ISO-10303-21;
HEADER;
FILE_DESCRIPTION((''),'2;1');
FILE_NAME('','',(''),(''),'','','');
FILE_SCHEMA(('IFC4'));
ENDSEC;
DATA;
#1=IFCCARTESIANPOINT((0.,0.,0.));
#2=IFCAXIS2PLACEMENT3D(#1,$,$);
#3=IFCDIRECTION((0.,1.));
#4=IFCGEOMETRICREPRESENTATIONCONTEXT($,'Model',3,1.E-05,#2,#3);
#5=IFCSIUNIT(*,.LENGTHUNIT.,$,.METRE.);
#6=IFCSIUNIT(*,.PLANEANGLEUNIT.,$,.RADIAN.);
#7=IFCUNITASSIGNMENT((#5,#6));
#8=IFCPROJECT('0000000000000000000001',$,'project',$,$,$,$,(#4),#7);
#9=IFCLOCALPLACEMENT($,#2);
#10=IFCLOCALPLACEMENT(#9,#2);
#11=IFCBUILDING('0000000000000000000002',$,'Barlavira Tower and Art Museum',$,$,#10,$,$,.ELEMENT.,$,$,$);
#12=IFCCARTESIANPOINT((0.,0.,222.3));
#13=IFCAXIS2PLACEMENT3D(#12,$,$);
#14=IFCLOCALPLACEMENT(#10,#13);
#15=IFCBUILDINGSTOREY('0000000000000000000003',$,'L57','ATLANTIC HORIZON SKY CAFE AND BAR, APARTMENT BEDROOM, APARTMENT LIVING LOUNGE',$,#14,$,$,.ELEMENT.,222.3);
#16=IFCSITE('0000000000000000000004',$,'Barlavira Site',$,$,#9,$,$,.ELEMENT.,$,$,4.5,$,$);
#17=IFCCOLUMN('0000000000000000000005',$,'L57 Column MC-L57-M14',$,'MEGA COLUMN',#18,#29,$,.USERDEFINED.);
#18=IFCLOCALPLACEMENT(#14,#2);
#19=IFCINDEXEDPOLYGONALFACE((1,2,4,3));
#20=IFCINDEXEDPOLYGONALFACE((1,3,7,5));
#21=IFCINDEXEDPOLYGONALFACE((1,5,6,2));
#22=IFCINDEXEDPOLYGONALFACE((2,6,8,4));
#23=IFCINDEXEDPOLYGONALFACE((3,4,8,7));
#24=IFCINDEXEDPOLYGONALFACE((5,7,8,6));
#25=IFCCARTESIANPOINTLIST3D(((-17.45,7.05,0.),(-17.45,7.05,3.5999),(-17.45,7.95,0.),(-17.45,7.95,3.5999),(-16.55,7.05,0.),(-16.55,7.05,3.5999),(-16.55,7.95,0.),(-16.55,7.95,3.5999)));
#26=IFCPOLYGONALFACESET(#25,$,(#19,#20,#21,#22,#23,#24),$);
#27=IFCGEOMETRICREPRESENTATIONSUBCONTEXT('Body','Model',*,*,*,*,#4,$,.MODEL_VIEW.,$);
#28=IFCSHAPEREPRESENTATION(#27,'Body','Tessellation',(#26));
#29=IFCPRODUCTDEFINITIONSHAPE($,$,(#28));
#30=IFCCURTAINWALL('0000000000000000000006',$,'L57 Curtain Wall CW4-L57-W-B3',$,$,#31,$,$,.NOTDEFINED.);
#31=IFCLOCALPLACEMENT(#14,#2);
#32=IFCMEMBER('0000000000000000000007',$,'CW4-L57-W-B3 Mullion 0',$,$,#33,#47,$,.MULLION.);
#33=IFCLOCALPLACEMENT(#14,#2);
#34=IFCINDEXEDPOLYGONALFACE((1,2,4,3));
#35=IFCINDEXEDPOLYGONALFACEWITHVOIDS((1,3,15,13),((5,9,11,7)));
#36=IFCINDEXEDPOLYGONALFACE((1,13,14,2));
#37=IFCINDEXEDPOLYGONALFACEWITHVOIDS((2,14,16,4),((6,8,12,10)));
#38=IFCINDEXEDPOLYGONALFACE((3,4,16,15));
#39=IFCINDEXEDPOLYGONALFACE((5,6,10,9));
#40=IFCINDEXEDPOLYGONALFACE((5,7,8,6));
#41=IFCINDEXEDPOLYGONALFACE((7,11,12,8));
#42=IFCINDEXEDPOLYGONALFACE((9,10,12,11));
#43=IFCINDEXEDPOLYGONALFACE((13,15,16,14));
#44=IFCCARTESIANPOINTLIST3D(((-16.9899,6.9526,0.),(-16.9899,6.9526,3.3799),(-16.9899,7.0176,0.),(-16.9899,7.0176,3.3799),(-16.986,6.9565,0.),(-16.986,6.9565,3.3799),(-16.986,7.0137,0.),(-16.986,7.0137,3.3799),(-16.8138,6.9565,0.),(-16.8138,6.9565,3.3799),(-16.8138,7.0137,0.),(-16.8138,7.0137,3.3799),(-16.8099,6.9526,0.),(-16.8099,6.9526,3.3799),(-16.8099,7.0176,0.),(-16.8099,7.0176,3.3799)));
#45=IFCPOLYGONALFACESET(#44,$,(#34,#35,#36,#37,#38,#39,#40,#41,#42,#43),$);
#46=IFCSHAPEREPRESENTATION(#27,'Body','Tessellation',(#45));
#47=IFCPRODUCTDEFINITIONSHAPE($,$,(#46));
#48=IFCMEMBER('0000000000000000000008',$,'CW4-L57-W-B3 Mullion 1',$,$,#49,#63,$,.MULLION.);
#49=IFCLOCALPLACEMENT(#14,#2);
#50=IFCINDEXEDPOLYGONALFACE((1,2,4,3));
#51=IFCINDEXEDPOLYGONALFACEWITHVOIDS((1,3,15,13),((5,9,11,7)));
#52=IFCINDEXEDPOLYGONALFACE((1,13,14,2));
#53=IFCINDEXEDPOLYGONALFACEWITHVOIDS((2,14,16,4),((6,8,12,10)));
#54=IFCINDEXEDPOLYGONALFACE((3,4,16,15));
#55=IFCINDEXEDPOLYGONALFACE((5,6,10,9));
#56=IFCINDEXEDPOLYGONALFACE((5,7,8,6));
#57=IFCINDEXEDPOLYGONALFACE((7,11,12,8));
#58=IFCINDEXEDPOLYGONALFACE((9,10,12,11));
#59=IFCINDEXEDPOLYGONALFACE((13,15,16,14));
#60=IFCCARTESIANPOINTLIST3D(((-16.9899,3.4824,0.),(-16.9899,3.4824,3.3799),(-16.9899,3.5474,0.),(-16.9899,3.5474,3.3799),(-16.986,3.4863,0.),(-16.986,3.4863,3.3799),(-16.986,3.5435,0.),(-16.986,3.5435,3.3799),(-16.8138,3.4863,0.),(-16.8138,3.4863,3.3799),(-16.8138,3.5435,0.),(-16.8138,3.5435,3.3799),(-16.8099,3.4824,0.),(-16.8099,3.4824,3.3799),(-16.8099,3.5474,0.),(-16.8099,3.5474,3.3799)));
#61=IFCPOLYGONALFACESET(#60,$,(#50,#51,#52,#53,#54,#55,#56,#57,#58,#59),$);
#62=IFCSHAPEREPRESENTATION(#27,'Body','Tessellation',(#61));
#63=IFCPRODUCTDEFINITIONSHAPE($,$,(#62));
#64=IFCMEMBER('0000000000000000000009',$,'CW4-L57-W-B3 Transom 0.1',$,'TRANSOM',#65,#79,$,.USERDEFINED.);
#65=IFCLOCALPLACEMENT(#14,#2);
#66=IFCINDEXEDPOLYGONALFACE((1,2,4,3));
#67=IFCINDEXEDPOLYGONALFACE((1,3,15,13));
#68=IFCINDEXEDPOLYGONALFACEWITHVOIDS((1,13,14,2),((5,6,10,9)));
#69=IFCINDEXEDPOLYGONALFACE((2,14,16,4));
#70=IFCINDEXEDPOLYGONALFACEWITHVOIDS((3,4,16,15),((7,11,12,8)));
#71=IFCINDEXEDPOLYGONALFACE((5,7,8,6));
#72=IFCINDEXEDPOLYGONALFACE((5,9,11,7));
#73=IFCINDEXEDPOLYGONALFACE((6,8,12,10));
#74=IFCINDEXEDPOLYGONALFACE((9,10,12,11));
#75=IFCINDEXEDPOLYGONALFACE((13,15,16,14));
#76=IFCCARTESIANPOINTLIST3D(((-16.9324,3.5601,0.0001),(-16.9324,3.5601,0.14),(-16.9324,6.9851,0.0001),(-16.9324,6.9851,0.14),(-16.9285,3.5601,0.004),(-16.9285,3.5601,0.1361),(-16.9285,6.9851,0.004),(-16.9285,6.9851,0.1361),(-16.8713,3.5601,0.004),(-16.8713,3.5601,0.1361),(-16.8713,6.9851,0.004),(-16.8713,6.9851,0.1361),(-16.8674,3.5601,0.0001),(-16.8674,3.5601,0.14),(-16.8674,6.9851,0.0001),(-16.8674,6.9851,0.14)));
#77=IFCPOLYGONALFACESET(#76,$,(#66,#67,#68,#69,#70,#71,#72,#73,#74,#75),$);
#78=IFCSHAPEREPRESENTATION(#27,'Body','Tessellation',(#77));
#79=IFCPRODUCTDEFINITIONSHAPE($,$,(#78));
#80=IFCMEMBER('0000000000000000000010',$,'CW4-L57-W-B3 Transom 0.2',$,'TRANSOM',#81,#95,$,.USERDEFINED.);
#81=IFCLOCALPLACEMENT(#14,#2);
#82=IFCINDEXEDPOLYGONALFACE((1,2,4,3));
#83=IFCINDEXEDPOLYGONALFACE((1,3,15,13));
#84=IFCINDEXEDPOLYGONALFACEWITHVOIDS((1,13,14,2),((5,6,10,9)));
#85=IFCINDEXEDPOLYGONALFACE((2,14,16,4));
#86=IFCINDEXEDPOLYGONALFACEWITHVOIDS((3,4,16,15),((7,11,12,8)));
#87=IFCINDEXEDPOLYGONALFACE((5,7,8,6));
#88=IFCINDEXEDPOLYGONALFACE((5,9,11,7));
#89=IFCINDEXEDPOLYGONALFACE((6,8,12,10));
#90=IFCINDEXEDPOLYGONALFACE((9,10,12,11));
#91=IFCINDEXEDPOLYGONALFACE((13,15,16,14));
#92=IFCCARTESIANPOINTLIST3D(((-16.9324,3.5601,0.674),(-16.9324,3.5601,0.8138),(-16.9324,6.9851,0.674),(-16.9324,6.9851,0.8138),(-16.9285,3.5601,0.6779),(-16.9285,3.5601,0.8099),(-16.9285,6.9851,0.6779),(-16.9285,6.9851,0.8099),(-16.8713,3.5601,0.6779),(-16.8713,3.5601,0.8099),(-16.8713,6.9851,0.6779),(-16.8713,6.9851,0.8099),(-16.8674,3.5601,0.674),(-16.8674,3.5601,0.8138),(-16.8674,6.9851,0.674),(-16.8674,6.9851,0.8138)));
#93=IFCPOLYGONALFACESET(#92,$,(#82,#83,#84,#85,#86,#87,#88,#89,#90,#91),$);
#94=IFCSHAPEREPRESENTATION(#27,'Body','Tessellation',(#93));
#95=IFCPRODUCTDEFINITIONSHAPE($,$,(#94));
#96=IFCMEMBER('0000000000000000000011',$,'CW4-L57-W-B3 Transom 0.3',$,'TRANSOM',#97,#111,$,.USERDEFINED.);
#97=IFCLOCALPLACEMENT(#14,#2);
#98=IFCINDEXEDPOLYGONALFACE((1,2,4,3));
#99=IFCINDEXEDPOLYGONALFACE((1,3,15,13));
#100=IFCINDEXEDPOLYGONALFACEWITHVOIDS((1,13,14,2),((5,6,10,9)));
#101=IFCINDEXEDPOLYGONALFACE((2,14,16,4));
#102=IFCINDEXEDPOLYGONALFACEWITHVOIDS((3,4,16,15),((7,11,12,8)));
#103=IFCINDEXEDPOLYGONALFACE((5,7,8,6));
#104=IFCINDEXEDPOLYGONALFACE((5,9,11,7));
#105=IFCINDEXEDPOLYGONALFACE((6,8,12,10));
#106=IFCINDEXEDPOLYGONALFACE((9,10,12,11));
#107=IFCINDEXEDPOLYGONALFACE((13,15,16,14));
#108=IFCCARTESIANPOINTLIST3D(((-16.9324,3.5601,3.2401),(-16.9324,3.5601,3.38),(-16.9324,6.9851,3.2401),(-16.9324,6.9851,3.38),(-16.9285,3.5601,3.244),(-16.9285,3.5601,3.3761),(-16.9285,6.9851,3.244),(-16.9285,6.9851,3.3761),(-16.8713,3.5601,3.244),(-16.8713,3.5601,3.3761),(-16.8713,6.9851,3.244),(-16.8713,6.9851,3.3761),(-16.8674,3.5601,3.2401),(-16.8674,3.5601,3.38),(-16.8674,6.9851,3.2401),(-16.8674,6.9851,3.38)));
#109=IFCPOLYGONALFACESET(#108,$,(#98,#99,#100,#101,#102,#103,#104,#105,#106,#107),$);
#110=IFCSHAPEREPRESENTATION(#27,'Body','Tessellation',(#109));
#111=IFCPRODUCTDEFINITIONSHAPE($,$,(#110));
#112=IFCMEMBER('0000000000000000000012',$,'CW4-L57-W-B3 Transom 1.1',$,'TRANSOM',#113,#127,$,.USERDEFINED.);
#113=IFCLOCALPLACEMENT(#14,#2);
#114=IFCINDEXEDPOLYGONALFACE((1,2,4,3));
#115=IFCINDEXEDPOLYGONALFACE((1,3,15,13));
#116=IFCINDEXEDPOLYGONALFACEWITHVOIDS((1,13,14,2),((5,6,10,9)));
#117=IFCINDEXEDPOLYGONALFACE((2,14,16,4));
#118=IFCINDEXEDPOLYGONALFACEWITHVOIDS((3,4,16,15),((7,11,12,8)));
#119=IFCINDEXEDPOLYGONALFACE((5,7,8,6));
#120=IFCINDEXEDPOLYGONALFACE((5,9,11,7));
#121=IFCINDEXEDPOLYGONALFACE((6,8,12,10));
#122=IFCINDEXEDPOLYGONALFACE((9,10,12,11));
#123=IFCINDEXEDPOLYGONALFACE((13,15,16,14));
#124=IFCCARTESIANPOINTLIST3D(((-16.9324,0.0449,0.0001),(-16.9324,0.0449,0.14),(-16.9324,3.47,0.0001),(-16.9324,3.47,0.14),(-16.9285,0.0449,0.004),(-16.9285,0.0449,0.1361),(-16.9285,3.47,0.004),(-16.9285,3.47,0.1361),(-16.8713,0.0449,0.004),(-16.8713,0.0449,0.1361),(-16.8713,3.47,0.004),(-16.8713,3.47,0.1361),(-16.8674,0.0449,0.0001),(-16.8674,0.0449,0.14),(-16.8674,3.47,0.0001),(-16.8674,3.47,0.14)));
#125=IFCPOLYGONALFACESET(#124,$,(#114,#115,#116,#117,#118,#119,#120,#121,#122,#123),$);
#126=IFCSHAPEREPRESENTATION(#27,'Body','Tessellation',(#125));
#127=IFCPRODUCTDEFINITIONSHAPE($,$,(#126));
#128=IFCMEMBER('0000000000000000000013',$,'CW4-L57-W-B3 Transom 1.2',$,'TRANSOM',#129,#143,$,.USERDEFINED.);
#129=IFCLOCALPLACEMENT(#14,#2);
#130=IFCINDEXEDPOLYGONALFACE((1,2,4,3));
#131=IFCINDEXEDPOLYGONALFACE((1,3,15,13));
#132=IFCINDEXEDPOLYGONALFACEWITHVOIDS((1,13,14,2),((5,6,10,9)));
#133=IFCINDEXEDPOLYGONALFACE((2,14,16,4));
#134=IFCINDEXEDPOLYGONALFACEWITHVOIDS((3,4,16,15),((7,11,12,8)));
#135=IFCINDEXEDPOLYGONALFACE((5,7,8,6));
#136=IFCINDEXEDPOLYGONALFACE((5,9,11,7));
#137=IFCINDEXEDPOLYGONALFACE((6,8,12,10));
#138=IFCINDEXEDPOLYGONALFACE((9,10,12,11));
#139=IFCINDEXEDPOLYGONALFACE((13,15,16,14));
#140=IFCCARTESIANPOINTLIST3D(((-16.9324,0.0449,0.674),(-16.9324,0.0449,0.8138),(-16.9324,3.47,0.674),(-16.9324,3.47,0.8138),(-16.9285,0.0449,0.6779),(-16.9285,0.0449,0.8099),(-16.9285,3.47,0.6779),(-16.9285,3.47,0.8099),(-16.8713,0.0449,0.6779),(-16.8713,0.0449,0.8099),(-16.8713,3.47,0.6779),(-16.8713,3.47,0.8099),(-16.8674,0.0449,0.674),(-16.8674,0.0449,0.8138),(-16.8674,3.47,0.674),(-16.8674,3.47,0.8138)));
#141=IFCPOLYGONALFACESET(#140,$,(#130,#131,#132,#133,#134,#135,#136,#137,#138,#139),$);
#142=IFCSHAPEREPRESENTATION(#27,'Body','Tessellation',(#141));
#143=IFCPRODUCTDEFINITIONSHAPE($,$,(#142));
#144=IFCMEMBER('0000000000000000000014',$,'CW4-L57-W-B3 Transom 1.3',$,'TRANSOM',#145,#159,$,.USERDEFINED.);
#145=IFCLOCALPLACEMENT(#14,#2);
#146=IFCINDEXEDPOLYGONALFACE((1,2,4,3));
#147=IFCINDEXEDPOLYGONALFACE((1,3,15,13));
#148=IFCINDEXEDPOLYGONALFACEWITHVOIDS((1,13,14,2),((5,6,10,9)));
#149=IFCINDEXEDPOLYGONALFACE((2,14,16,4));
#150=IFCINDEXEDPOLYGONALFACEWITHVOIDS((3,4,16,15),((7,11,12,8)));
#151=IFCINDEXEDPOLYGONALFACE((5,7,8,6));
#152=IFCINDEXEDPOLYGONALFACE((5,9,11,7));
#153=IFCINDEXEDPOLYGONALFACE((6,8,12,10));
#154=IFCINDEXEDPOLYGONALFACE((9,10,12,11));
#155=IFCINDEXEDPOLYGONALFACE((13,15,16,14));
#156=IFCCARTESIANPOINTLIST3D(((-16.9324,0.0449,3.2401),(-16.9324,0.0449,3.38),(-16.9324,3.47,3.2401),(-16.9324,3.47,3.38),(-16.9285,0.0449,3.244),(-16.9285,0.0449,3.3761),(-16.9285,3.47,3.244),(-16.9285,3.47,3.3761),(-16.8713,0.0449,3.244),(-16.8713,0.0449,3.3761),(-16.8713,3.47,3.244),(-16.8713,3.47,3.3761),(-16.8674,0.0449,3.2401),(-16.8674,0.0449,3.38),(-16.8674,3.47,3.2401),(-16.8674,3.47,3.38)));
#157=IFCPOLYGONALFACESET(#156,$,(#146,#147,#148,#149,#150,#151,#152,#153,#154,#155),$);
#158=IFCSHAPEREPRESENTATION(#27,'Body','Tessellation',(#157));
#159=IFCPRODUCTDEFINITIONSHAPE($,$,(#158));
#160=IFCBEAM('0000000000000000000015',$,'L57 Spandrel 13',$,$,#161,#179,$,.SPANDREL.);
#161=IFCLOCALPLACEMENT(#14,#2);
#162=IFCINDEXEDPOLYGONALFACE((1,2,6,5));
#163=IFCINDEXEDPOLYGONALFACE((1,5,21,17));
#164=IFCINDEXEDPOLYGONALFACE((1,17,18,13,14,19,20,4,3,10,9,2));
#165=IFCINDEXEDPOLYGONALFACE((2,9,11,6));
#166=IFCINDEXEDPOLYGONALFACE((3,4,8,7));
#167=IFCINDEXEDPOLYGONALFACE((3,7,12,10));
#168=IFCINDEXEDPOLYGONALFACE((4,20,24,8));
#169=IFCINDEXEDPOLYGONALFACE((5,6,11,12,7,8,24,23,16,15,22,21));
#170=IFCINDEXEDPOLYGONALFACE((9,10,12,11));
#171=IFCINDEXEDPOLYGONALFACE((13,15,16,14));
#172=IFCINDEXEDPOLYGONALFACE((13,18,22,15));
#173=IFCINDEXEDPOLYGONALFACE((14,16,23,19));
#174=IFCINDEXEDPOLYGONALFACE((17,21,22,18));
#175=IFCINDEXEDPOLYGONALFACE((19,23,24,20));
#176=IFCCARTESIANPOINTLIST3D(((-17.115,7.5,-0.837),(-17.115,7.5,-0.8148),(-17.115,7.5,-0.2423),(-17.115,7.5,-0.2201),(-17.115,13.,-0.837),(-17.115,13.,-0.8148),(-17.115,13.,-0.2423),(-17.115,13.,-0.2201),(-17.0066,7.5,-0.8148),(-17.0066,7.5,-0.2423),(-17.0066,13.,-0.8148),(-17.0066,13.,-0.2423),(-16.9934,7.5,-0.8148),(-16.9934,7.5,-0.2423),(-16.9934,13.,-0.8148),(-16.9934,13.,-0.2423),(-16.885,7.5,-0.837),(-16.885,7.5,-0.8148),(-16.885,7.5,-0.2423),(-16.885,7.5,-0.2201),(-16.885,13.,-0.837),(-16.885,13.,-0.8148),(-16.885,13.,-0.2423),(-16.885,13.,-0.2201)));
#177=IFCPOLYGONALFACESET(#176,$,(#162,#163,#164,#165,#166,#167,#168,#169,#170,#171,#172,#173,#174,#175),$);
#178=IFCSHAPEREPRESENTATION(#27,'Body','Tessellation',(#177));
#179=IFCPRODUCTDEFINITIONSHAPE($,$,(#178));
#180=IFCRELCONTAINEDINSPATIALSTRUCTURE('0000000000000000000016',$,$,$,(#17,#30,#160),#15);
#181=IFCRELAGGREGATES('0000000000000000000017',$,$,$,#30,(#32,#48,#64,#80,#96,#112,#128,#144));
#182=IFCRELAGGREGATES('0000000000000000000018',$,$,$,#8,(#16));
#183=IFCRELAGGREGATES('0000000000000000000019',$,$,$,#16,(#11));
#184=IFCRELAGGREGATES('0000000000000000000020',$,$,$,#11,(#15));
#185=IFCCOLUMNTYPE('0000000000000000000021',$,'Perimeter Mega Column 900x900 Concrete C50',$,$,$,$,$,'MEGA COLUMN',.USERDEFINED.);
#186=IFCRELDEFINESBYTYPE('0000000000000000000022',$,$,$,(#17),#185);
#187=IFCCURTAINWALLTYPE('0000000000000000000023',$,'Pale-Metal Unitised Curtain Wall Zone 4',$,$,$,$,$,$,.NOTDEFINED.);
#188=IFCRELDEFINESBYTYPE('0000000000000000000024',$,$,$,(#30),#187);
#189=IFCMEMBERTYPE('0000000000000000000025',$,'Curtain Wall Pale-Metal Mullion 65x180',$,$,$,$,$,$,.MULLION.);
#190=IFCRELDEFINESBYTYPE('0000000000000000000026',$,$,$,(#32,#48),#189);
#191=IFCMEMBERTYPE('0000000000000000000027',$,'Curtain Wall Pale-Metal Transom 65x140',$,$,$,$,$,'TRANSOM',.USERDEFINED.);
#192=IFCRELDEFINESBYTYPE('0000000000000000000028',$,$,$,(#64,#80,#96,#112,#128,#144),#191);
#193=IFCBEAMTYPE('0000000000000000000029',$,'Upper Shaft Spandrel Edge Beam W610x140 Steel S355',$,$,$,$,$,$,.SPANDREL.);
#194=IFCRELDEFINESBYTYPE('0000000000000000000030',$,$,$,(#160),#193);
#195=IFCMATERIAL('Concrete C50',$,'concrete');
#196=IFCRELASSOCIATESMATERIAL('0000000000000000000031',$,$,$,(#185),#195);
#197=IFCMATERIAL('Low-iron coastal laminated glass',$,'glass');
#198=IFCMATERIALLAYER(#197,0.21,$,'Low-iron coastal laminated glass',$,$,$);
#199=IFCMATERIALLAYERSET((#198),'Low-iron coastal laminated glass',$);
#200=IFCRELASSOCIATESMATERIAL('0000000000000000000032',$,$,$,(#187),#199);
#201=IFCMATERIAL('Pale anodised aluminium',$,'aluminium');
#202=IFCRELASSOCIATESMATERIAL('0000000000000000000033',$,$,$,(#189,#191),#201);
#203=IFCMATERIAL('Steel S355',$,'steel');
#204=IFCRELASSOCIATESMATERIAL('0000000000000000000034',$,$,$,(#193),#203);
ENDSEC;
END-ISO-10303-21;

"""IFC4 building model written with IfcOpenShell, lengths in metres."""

from ifc_helpers import new_model, si_unit, direction, frame, origin, origin_2d, place, context, subcontext, project, spatial, rectangle, hollow_rectangle, i_section, extrude, material, layer, layer_set, material_profile, profile_set, type_object, element, aggregate, save


model = new_model("IFC4")

# Units and contexts
model_context = context("Model", 3, precision=1e-05, world=origin(), true_north=direction((0.0, 1.0)))
body_context = subcontext(model_context, "Body", "Model", "MODEL_VIEW")
ifc_project = project(units=[si_unit("LENGTHUNIT", "METRE"), si_unit("PLANEANGLEUNIT", "RADIAN")], contexts=[model_context])

# Site, building, storey
site_placement = place(None, origin())
site = spatial("IfcSite", under=ifc_project, at=site_placement, Name="Barlavira Site", CompositionType="ELEMENT", RefElevation=4.5)
building_placement = place(site_placement, origin())
building = spatial("IfcBuilding", under=site, at=building_placement, Name="Barlavira Tower and Art Museum", CompositionType="ELEMENT")
storey_placement = place(building_placement, frame((0.0, 0.0, 222.3)))
storey = spatial("IfcBuildingStorey", under=building, at=storey_placement, Name="L57", Description="ATLANTIC HORIZON SKY CAFE AND BAR, APARTMENT BEDROOM, APARTMENT LIVING LOUNGE", CompositionType="ELEMENT", Elevation=222.3)

# Column
ifc_material_1 = material(Name="Concrete C50", Category="concrete")
ifc_material_profile_1 = material_profile(ifc_material_1, rectangle(XDim=0.8999, YDim=0.8999, at=origin_2d()), Name="RC-COL 900x900")
ifc_profile_set_1 = profile_set([ifc_material_profile_1], Name="Concrete C50")
column_type = type_object("IfcColumnType", Name="Perimeter Mega Column 900x900 Concrete C50", ElementType="MEGA COLUMN", PredefinedType="USERDEFINED", material=ifc_profile_set_1)
column_placement = place(storey_placement, frame((-17.0, 7.5, 0.0), z_axis=(0.0, 0.0, 1.0), x_axis=(1.0, 0.0, 0.0)))
element("IfcColumn", 1, at=column_placement, inside=storey, type_object=column_type, Name="L57 Column MC-L57-M14", ObjectType="MEGA COLUMN", PredefinedType="USERDEFINED", context=body_context, shape_type="SweptSolid", body=[
    extrude(rectangle(XDim=0.8999, YDim=0.8999, at=origin_2d()), origin(), (0.0, 0.0, 1.0), 3.5999),
])

# Curtain wall, members
ifc_material_2 = material(Name="Low-iron coastal laminated glass", Category="glass")
ifc_layer_1 = layer(ifc_material_2, 0.21, Name="Low-iron coastal laminated glass")
ifc_layer_set_1 = layer_set([ifc_layer_1], Name="Low-iron coastal laminated glass")
curtain_wall_type = type_object("IfcCurtainWallType", Name="Pale-Metal Unitised Curtain Wall Zone 4", PredefinedType="NOTDEFINED", material=ifc_layer_set_1)
curtain_wall_placement = place(storey_placement, origin())
curtain_wall = element("IfcCurtainWall", 2, at=curtain_wall_placement, inside=storey, type_object=curtain_wall_type, Name="L57 Curtain Wall CW4-L57-W-B3", PredefinedType="NOTDEFINED")
ifc_material_3 = material(Name="Pale anodised aluminium", Category="aluminium")
ifc_material_profile_2 = material_profile(ifc_material_3, hollow_rectangle(XDim=0.0649, YDim=0.1799, WallThickness=0.0039, at=origin_2d()), Name="ALU-MULL 65x180x4")
ifc_profile_set_2 = profile_set([ifc_material_profile_2], Name="Pale anodised aluminium")
member_type_1 = type_object("IfcMemberType", Name="Curtain Wall Pale-Metal Mullion 65x180", PredefinedType="MULLION", material=ifc_profile_set_2)
member_1_placement = place(storey_placement, frame((-16.8999, 6.9851, 0.0), z_axis=(0.0, 0.0, 1.0), x_axis=(0.0, -1.0, 0.0)))
member_1 = element("IfcMember", 3, at=member_1_placement, type_object=member_type_1, Name="CW4-L57-W-B3 Mullion 0", PredefinedType="MULLION", context=body_context, shape_type="SweptSolid", body=[
    extrude(hollow_rectangle(XDim=0.0649, YDim=0.1799, WallThickness=0.0039, at=origin_2d()), origin(), (0.0, 0.0, 1.0), 3.3799),
])
member_2_placement = place(storey_placement, frame((-16.8999, 3.5149, 0.0), z_axis=(0.0, 0.0, 1.0), x_axis=(0.0, -1.0, 0.0)))
member_2 = element("IfcMember", 4, at=member_2_placement, type_object=member_type_1, Name="CW4-L57-W-B3 Mullion 1", PredefinedType="MULLION", context=body_context, shape_type="SweptSolid", body=[
    extrude(hollow_rectangle(XDim=0.0649, YDim=0.1799, WallThickness=0.0039, at=origin_2d()), origin(), (0.0, 0.0, 1.0), 3.3799),
])
ifc_material_profile_3 = material_profile(ifc_material_3, hollow_rectangle(XDim=0.0649, YDim=0.1399, WallThickness=0.0039, at=origin_2d()), Name="ALU-TRAN 65x140x4")
ifc_profile_set_3 = profile_set([ifc_material_profile_3], Name="Pale anodised aluminium")
member_type_2 = type_object("IfcMemberType", Name="Curtain Wall Pale-Metal Transom 65x140", ElementType="TRANSOM", PredefinedType="USERDEFINED", material=ifc_profile_set_3)
member_3_placement = place(storey_placement, frame((-16.8999, 6.9851, 0.0701), z_axis=(0.0, -1.0, 0.0), x_axis=(1.0, 0.0, 0.0)))
member_3 = element("IfcMember", 5, at=member_3_placement, type_object=member_type_2, Name="CW4-L57-W-B3 Transom 0.1", ObjectType="TRANSOM", PredefinedType="USERDEFINED", context=body_context, shape_type="SweptSolid", body=[
    extrude(hollow_rectangle(XDim=0.0649, YDim=0.1399, WallThickness=0.0039, at=origin_2d()), origin(), (0.0, 0.0, 1.0), 3.425),
])
member_4_placement = place(storey_placement, frame((-16.8999, 6.9851, 0.7439), z_axis=(0.0, -1.0, 0.0), x_axis=(1.0, 0.0, 0.0)))
member_4 = element("IfcMember", 6, at=member_4_placement, type_object=member_type_2, Name="CW4-L57-W-B3 Transom 0.2", ObjectType="TRANSOM", PredefinedType="USERDEFINED", context=body_context, shape_type="SweptSolid", body=[
    extrude(hollow_rectangle(XDim=0.0649, YDim=0.1399, WallThickness=0.0039, at=origin_2d()), origin(), (0.0, 0.0, 1.0), 3.425),
])
member_5_placement = place(storey_placement, frame((-16.8999, 6.9851, 3.3101), z_axis=(0.0, -1.0, 0.0), x_axis=(1.0, 0.0, 0.0)))
member_5 = element("IfcMember", 7, at=member_5_placement, type_object=member_type_2, Name="CW4-L57-W-B3 Transom 0.3", ObjectType="TRANSOM", PredefinedType="USERDEFINED", context=body_context, shape_type="SweptSolid", body=[
    extrude(hollow_rectangle(XDim=0.0649, YDim=0.1399, WallThickness=0.0039, at=origin_2d()), origin(), (0.0, 0.0, 1.0), 3.425),
])
member_6_placement = place(storey_placement, frame((-16.8999, 3.47, 0.0701), z_axis=(0.0, -1.0, 0.0), x_axis=(1.0, 0.0, 0.0)))
member_6 = element("IfcMember", 8, at=member_6_placement, type_object=member_type_2, Name="CW4-L57-W-B3 Transom 1.1", ObjectType="TRANSOM", PredefinedType="USERDEFINED", context=body_context, shape_type="SweptSolid", body=[
    extrude(hollow_rectangle(XDim=0.0649, YDim=0.1399, WallThickness=0.0039, at=origin_2d()), origin(), (0.0, 0.0, 1.0), 3.425),
])
member_7_placement = place(storey_placement, frame((-16.8999, 3.47, 0.7439), z_axis=(0.0, -1.0, 0.0), x_axis=(1.0, 0.0, 0.0)))
member_7 = element("IfcMember", 9, at=member_7_placement, type_object=member_type_2, Name="CW4-L57-W-B3 Transom 1.2", ObjectType="TRANSOM", PredefinedType="USERDEFINED", context=body_context, shape_type="SweptSolid", body=[
    extrude(hollow_rectangle(XDim=0.0649, YDim=0.1399, WallThickness=0.0039, at=origin_2d()), origin(), (0.0, 0.0, 1.0), 3.425),
])
member_8_placement = place(storey_placement, frame((-16.8999, 3.47, 3.3101), z_axis=(0.0, -1.0, 0.0), x_axis=(1.0, 0.0, 0.0)))
member_8 = element("IfcMember", 10, at=member_8_placement, type_object=member_type_2, Name="CW4-L57-W-B3 Transom 1.3", ObjectType="TRANSOM", PredefinedType="USERDEFINED", context=body_context, shape_type="SweptSolid", body=[
    extrude(hollow_rectangle(XDim=0.0649, YDim=0.1399, WallThickness=0.0039, at=origin_2d()), origin(), (0.0, 0.0, 1.0), 3.425),
])

# Beam
ifc_material_4 = material(Name="Steel S355", Category="steel")
ifc_material_profile_4 = material_profile(ifc_material_4, i_section(OverallWidth=0.23, OverallDepth=0.6169, WebThickness=0.0132, FlangeThickness=0.0222, at=origin_2d()), Name="W610x140.0")
ifc_profile_set_4 = profile_set([ifc_material_profile_4], Name="Steel S355")
beam_type_1 = type_object("IfcBeamType", Name="Upper Shaft Spandrel Edge Beam W610x140 Steel S355", PredefinedType="SPANDREL", material=ifc_profile_set_4)
beam_1_placement = place(storey_placement, frame((-17.0, 7.5, -0.5286), z_axis=(0.0, 1.0, 0.0), x_axis=(-1.0, 0.0, 0.0)))
element("IfcBeam", 11, at=beam_1_placement, inside=storey, type_object=beam_type_1, Name="L57 Spandrel 13", PredefinedType="SPANDREL", context=body_context, shape_type="SweptSolid", body=[
    extrude(i_section(OverallWidth=0.23, OverallDepth=0.6169, WebThickness=0.0132, FlangeThickness=0.0222, at=origin_2d()), origin(), (0.0, 0.0, 1.0), 5.5),
])

aggregate(curtain_wall, [member_1, member_2, member_3, member_4, member_5, member_6, member_7, member_8])

save(model, "model.ifc")
